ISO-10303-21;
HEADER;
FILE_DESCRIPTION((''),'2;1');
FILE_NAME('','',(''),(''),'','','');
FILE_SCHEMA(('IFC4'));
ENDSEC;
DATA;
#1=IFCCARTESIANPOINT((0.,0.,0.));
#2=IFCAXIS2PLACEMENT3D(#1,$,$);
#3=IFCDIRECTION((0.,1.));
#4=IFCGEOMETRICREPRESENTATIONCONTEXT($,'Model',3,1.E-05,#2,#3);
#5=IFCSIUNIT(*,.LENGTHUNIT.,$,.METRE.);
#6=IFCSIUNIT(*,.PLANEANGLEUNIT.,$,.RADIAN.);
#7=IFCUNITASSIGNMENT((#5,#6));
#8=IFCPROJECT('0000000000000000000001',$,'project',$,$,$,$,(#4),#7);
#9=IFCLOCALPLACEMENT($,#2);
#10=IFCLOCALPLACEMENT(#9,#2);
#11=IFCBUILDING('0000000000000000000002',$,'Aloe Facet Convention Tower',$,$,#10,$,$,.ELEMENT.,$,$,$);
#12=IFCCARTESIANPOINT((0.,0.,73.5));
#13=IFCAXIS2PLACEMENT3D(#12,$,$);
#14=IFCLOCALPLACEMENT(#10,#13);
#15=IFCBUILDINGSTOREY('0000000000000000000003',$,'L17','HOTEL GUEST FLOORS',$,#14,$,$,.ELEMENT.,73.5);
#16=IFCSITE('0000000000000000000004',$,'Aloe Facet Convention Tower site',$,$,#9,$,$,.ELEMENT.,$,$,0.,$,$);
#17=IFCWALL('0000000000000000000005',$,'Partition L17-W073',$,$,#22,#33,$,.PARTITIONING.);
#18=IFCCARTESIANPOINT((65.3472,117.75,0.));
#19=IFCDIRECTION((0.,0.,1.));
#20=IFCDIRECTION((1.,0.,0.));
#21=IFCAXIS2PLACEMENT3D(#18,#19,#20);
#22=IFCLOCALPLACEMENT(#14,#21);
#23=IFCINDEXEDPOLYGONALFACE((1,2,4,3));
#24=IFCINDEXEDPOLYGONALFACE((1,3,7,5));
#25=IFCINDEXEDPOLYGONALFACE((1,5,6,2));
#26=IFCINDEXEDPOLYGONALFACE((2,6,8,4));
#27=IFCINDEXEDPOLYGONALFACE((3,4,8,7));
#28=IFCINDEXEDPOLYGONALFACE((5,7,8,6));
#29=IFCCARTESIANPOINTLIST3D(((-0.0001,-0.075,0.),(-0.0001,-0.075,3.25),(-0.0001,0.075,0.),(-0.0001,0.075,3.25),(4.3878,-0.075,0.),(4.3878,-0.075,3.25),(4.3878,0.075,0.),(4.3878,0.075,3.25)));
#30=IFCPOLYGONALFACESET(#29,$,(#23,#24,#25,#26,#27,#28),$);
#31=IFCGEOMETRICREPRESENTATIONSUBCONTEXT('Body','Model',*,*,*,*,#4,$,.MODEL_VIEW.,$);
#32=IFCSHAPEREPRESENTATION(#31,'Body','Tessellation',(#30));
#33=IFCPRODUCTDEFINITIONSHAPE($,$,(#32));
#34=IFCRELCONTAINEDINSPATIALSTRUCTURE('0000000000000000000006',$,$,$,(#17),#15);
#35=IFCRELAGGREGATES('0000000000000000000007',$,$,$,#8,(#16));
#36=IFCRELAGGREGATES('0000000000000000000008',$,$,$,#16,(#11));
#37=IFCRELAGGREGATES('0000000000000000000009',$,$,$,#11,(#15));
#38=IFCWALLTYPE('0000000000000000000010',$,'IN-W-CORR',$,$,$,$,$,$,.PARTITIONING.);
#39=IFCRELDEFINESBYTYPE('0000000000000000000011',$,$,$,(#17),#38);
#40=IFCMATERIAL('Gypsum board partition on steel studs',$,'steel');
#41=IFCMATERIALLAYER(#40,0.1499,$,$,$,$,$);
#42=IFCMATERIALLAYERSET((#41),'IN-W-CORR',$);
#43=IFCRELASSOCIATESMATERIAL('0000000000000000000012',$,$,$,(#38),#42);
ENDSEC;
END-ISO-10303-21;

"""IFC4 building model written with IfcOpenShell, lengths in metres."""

from ifc_helpers import new_model, si_unit, direction, frame, frame_2d, origin, place, context, subcontext, project, spatial, rectangle, extrude, material, layer, layer_set, type_object, element, save


model = new_model("IFC4")

# Units and contexts
model_context = context("Model", 3, precision=1e-05, world=origin(), true_north=direction((0.0, 1.0)))
body_context = subcontext(model_context, "Body", "Model", "MODEL_VIEW")
ifc_project = project(units=[si_unit("LENGTHUNIT", "METRE"), si_unit("PLANEANGLEUNIT", "RADIAN")], contexts=[model_context])

# Site, building, storey
site_placement = place(None, origin())
site = spatial("IfcSite", under=ifc_project, at=site_placement, Name="Aloe Facet Convention Tower site", CompositionType="ELEMENT", RefElevation=0.0)
building_placement = place(site_placement, origin())
building = spatial("IfcBuilding", under=site, at=building_placement, Name="Aloe Facet Convention Tower", CompositionType="ELEMENT")
storey_placement = place(building_placement, frame((0.0, 0.0, 73.5)))
storey = spatial("IfcBuildingStorey", under=building, at=storey_placement, Name="L17", Description="HOTEL GUEST FLOORS", CompositionType="ELEMENT", Elevation=73.5)

# Shared definitions
ifc_material_1 = material(Name="Gypsum board partition on steel studs", Category="steel")
ifc_layer_1 = layer(ifc_material_1, 0.1499)
ifc_layer_set_1 = layer_set([ifc_layer_1], Name="IN-W-CORR")
wall_type_1 = type_object("IfcWallType", Name="IN-W-CORR", PredefinedType="PARTITIONING", material=ifc_layer_set_1)

# Wall
wall_1_placement = place(storey_placement, frame((65.3472, 117.75, 0.0), z_axis=(0.0, 0.0, 1.0), x_axis=(1.0, 0.0, 0.0)))
element("IfcWall", 1, at=wall_1_placement, inside=storey, type_object=wall_type_1, Name="Partition L17-W073", PredefinedType="PARTITIONING", context=body_context, shape_type="SweptSolid", body=[
    extrude(rectangle(XDim=4.3879, YDim=0.1499, at=frame_2d((2.1938, 0.0))), origin(), (0.0, 0.0, 1.0), 3.25),
])

save(model, "model.ifc")
